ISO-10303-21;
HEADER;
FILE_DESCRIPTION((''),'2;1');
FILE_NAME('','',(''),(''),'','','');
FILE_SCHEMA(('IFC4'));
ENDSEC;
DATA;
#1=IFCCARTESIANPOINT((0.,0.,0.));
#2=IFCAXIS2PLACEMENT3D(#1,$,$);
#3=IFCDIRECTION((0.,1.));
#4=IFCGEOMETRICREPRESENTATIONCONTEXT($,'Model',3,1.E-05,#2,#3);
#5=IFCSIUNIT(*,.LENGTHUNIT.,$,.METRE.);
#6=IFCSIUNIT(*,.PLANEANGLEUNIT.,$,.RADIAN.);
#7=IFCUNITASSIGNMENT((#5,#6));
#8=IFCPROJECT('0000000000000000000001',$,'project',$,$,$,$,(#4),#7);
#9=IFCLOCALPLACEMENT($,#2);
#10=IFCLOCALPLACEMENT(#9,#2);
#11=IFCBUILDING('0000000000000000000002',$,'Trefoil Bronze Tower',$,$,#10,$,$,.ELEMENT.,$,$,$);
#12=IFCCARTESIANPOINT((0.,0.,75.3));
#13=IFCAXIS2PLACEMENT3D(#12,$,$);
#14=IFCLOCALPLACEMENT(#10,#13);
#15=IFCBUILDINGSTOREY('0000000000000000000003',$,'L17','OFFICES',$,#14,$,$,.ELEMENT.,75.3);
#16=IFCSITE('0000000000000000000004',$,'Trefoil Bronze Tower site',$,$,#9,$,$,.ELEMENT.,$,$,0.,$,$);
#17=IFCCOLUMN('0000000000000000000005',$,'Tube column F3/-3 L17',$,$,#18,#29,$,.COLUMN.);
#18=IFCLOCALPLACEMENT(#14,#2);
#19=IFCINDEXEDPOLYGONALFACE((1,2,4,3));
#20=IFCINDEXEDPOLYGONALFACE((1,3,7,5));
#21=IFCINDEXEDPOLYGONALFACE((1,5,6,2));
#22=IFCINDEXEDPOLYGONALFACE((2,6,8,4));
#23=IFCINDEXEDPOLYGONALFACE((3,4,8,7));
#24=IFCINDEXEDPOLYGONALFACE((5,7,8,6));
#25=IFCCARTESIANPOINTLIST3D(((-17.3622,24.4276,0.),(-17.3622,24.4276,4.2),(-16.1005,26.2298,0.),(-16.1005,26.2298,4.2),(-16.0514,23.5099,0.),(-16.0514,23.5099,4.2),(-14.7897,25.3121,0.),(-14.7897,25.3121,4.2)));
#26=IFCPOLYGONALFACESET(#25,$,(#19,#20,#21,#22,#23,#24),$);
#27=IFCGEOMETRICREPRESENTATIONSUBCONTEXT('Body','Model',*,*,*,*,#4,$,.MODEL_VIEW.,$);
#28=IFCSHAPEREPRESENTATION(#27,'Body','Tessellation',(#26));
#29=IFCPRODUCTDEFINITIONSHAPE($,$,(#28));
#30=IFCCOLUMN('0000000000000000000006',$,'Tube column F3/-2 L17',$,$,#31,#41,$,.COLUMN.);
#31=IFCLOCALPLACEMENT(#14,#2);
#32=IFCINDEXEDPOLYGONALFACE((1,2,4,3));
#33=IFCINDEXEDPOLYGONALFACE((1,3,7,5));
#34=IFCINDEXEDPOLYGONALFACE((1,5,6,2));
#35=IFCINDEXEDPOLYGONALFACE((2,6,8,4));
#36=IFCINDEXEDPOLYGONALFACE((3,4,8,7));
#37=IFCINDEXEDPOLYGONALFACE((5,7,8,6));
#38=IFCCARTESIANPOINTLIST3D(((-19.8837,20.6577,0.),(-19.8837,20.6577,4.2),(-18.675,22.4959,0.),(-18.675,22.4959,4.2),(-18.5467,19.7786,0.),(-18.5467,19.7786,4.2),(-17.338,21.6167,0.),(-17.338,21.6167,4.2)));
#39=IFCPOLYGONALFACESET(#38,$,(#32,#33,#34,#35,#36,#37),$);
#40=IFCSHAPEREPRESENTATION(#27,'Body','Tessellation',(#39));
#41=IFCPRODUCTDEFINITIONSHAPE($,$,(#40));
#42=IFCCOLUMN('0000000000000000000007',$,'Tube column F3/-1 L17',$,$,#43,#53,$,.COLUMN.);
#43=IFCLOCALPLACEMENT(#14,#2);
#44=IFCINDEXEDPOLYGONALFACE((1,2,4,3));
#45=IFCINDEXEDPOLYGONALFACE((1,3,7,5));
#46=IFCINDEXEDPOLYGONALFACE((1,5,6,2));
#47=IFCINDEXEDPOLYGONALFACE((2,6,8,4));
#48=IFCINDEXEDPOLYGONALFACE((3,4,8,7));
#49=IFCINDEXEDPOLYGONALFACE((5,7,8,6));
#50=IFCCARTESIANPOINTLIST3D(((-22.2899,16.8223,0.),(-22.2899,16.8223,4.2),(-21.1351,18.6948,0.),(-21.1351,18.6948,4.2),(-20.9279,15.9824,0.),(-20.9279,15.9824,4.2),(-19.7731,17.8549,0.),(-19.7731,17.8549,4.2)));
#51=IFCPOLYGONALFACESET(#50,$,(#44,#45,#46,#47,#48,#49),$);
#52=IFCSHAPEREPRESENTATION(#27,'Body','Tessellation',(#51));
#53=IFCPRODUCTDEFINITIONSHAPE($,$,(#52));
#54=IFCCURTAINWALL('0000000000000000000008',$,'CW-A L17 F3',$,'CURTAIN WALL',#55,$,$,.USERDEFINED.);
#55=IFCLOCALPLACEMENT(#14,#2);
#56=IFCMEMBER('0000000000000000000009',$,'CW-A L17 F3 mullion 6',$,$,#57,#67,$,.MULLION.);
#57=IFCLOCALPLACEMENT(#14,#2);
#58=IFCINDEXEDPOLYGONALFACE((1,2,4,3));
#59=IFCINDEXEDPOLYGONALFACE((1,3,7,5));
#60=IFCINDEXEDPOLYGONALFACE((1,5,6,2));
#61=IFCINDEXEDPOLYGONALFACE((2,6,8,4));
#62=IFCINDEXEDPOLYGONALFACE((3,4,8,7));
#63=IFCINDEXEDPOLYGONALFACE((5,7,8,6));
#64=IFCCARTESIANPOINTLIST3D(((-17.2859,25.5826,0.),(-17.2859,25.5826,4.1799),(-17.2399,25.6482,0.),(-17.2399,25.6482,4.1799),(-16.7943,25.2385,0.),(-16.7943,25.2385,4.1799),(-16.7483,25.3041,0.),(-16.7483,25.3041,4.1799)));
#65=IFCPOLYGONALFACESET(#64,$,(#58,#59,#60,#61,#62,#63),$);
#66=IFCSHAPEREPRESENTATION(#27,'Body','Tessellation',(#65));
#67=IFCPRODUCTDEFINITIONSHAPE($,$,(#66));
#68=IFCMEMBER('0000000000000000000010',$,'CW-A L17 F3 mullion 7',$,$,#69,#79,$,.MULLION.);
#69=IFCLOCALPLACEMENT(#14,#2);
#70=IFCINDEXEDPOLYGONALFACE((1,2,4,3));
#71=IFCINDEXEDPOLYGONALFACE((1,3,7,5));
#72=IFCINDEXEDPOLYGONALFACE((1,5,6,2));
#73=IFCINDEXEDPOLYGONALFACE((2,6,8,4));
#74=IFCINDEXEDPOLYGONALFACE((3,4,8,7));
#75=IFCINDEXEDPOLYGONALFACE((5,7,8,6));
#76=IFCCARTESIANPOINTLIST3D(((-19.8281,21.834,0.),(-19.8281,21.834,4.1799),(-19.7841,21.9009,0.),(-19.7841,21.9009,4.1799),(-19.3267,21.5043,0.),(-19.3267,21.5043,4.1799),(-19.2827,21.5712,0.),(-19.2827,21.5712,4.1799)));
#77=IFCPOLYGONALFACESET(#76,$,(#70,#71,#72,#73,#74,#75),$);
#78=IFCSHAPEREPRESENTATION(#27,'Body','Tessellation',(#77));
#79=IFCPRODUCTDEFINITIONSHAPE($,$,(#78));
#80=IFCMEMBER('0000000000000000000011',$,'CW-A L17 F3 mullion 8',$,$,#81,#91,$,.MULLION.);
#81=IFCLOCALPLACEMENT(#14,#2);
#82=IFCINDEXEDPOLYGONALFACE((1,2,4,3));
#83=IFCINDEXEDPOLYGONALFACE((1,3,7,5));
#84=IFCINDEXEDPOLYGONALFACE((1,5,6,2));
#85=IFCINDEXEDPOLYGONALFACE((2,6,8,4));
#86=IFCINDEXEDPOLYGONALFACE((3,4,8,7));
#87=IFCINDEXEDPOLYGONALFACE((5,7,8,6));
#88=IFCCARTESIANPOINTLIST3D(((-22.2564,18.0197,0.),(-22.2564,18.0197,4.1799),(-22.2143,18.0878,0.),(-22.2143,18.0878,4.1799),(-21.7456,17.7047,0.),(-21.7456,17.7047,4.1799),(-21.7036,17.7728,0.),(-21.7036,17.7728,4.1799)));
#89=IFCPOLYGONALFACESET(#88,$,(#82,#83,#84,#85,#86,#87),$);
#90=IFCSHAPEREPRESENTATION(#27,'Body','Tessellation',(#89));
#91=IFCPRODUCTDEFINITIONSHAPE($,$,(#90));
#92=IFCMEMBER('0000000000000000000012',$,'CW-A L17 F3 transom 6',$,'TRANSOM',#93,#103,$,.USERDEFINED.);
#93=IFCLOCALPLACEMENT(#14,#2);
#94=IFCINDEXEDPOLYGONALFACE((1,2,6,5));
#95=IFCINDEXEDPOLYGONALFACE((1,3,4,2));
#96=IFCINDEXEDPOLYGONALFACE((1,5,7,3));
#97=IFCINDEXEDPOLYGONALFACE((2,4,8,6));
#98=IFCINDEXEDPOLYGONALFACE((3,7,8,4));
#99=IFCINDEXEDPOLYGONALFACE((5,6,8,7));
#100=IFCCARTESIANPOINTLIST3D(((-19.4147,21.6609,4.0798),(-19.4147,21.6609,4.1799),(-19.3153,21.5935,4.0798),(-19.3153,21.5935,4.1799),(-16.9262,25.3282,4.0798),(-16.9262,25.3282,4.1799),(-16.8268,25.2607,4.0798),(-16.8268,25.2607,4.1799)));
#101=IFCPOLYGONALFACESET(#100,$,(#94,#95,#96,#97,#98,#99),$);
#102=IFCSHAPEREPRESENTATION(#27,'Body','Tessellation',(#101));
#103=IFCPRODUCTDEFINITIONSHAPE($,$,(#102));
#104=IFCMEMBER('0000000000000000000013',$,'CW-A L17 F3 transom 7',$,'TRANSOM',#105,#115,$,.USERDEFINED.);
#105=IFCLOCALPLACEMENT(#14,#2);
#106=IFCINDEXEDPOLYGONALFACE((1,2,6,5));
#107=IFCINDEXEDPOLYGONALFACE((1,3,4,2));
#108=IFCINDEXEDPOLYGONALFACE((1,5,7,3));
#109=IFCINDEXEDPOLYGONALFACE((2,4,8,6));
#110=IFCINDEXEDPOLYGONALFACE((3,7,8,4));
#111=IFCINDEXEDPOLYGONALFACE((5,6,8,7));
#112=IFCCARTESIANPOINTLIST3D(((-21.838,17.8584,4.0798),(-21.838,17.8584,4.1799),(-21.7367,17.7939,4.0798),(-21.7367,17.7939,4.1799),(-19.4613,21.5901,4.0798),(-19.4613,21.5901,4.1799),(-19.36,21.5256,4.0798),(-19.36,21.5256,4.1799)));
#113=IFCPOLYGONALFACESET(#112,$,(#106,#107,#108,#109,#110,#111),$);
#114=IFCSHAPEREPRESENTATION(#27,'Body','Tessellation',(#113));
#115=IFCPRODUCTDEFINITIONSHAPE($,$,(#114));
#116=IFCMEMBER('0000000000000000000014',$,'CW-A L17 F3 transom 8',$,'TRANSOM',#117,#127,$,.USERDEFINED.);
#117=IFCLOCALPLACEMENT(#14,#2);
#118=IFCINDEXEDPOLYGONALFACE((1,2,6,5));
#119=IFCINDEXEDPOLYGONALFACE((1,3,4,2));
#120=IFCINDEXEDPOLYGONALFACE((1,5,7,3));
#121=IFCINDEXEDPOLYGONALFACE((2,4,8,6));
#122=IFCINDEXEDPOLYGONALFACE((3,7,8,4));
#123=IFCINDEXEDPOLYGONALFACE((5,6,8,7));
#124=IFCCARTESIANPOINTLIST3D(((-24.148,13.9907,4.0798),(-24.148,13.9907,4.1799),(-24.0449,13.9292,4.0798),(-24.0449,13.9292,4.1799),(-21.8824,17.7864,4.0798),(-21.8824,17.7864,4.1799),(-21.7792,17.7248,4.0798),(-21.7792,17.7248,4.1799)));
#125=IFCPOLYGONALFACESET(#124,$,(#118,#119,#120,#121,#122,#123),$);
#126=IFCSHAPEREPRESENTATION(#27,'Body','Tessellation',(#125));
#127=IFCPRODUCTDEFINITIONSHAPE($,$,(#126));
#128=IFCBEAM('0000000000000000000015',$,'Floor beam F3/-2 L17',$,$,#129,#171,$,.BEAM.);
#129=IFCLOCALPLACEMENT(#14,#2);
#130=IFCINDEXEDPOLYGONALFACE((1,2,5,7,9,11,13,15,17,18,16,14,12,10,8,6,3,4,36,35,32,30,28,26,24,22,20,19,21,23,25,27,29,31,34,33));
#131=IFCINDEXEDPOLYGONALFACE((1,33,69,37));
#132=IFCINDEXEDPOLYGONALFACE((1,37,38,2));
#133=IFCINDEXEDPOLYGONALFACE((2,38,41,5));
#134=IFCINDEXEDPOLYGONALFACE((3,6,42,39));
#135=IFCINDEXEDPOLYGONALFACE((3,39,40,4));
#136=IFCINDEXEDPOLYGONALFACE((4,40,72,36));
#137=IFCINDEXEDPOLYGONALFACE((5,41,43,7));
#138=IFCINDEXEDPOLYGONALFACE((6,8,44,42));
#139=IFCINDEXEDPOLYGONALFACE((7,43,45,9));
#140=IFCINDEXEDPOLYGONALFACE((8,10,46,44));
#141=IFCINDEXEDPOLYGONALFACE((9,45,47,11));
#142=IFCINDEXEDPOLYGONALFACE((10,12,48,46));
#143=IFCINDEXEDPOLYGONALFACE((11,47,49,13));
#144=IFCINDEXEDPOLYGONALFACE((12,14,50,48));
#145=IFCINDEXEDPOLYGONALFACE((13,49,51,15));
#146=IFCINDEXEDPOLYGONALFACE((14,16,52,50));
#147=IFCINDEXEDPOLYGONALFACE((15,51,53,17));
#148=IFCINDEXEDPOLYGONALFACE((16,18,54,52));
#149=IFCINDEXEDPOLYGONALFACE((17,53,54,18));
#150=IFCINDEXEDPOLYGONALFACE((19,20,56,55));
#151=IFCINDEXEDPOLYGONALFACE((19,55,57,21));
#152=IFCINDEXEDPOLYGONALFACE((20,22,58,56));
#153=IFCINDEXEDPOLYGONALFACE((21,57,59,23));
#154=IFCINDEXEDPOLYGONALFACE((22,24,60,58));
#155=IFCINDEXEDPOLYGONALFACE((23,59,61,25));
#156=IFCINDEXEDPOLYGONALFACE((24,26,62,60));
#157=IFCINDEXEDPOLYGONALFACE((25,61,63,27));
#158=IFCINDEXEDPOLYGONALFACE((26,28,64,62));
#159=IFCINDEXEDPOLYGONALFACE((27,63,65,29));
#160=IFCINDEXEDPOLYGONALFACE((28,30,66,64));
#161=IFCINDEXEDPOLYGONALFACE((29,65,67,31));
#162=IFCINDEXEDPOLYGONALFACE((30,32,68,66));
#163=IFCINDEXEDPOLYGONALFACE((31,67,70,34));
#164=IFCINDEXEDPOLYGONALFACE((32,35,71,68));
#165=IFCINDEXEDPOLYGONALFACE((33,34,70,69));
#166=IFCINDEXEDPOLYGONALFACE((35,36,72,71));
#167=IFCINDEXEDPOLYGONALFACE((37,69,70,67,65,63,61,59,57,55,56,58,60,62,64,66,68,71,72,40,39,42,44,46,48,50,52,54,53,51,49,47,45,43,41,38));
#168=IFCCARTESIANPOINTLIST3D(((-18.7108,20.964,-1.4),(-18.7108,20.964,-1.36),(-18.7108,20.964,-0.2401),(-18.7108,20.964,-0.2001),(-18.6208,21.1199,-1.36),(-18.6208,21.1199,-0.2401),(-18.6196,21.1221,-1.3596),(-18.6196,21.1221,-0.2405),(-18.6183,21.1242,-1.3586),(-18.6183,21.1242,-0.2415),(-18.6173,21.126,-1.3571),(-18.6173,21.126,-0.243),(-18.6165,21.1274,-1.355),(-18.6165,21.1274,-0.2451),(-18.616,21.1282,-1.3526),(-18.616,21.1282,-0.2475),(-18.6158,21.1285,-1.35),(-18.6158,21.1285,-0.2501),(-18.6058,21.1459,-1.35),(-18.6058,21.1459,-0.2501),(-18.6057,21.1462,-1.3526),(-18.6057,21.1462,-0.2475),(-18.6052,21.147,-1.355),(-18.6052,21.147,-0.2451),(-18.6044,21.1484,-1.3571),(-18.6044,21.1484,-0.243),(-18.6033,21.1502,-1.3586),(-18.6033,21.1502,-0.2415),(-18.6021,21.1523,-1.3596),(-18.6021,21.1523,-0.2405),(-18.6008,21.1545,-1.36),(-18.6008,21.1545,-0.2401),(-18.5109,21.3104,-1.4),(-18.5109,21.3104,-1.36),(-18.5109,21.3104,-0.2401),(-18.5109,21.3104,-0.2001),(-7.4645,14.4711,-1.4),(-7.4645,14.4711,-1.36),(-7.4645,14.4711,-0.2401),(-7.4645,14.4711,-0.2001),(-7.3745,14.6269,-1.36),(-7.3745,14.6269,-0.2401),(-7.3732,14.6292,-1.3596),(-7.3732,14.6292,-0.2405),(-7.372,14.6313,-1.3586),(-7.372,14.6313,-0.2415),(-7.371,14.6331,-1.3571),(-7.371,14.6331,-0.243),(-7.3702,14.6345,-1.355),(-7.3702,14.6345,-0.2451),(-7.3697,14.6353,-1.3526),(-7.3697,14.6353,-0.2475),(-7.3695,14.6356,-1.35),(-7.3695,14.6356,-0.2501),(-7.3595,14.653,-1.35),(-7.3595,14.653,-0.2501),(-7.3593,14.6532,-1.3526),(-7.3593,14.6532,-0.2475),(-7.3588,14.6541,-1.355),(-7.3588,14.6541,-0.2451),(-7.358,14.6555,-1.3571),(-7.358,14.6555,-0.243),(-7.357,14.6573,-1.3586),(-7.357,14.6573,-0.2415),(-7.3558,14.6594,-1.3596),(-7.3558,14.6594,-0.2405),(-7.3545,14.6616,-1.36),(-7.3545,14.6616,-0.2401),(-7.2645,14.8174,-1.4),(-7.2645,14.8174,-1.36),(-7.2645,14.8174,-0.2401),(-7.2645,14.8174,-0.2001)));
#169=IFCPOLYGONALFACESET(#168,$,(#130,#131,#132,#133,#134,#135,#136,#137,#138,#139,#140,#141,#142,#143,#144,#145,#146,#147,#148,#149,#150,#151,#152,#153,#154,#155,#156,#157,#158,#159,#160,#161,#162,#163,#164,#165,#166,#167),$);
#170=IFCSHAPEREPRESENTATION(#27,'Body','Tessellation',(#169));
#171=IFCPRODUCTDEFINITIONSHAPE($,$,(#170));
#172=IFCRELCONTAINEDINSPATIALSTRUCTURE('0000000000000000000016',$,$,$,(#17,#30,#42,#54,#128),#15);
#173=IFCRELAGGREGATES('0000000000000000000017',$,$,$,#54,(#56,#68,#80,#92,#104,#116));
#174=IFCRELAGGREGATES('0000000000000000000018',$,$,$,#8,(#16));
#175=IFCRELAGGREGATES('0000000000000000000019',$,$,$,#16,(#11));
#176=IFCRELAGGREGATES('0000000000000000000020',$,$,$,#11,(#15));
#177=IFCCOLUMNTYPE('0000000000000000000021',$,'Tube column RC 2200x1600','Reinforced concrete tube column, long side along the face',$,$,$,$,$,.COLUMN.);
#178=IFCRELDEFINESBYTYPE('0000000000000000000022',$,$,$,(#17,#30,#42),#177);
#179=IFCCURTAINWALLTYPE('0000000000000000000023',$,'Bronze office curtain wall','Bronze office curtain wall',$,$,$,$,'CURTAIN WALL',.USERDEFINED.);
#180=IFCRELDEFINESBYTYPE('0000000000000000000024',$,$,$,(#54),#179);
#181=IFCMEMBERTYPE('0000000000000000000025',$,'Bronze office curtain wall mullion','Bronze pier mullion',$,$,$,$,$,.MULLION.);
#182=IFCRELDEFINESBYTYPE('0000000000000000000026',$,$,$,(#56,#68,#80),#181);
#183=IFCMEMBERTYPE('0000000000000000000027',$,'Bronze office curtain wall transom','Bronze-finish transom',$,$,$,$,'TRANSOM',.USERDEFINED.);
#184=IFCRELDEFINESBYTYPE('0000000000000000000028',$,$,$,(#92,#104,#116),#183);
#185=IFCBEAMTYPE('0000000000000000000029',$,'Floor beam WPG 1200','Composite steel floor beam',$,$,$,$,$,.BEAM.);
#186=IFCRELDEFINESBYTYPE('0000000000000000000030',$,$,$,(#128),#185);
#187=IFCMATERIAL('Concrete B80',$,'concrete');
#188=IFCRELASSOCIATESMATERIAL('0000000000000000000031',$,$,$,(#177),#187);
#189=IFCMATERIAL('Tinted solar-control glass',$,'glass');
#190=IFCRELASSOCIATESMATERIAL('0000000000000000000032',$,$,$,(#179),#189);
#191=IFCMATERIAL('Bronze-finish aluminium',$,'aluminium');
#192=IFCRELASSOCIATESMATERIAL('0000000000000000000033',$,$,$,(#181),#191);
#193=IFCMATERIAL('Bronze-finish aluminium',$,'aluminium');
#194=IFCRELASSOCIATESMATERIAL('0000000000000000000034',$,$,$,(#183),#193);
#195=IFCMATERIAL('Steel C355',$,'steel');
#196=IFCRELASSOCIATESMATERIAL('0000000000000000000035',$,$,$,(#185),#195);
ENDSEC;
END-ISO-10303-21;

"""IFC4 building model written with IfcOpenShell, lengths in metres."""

from ifc_helpers import new_model, si_unit, direction, frame, origin, origin_2d, place, context, subcontext, project, spatial, rectangle, i_section, extrude, material, material_profile, profile_set, type_object, element, aggregate, save


model = new_model("IFC4")

# Units and contexts
model_context = context("Model", 3, precision=1e-05, world=origin(), true_north=direction((0.0, 1.0)))
body_context = subcontext(model_context, "Body", "Model", "MODEL_VIEW")
ifc_project = project(units=[si_unit("LENGTHUNIT", "METRE"), si_unit("PLANEANGLEUNIT", "RADIAN")], contexts=[model_context])

# Site, building, storey
site_placement = place(None, origin())
site = spatial("IfcSite", under=ifc_project, at=site_placement, Name="Trefoil Bronze Tower site", CompositionType="ELEMENT", RefElevation=0.0)
building_placement = place(site_placement, origin())
building = spatial("IfcBuilding", under=site, at=building_placement, Name="Trefoil Bronze Tower", CompositionType="ELEMENT")
storey_placement = place(building_placement, frame((0.0, 0.0, 75.3)))
storey = spatial("IfcBuildingStorey", under=building, at=storey_placement, Name="L17", Description="OFFICES", CompositionType="ELEMENT", Elevation=75.3)

# Columns
ifc_material_1 = material(Name="Concrete B80", Category="concrete")
ifc_material_profile_1 = material_profile(ifc_material_1, rectangle(XDim=2.2, YDim=1.6001, at=origin_2d()), Name="RC 2200x1600")
ifc_profile_set_1 = profile_set([ifc_material_profile_1], Name="Concrete B80")
column_type = type_object("IfcColumnType", Name="Tube column RC 2200x1600", Description="Reinforced concrete tube column, long side along the face", PredefinedType="COLUMN", material=ifc_profile_set_1)
for number, where, z_axis, x_axis, name in (
    (1, (-16.0759, 24.8699, 0.0), (0.0, 0.0, 1.0), (-0.573502, -0.819204, 0.0), "Tube column F3/-3 L17"),
    (2, (-18.6108, 21.1372, 0.0), (0.0, 0.0, 1.0), (-0.549424, -0.835544, 0.0), "Tube column F3/-2 L17"),
    (3, (-21.0315, 17.3386, 0.0), (0.0, 0.0, 1.0), (-0.524923, -0.85115, 0.0), "Tube column F3/-1 L17"),
):
    element("IfcColumn", number, at=place(storey_placement, frame(where, z_axis=z_axis, x_axis=x_axis)), inside=storey, type_object=column_type, Name=name, PredefinedType="COLUMN", context=body_context, shape_type="SweptSolid", body=[
        extrude(rectangle(XDim=2.2, YDim=1.6001, at=origin_2d()), origin(), (0.0, 0.0, 1.0), 4.2),
    ])

# Curtain wall, members
ifc_material_2 = material(Name="Tinted solar-control glass", Category="glass")
curtain_wall_type = type_object("IfcCurtainWallType", Name="Bronze office curtain wall", Description="Bronze office curtain wall", ElementType="CURTAIN WALL", PredefinedType="USERDEFINED", material=ifc_material_2)
curtain_wall_placement = place(storey_placement, origin())
curtain_wall = element("IfcCurtainWall", 4, at=curtain_wall_placement, inside=storey, type_object=curtain_wall_type, Name="CW-A L17 F3", ObjectType="CURTAIN WALL", PredefinedType="USERDEFINED")
ifc_material_3 = material(Name="Bronze-finish aluminium", Category="aluminium")
ifc_material_profile_2 = material_profile(ifc_material_3, rectangle(XDim=0.6001, YDim=0.0801, at=origin_2d()), Name="CW-A mullion")
ifc_profile_set_2 = profile_set([ifc_material_profile_2], Name="Bronze-finish aluminium")
member_type_1 = type_object("IfcMemberType", Name="Bronze office curtain wall mullion", Description="Bronze pier mullion", PredefinedType="MULLION", material=ifc_profile_set_2)
member_1_placement = place(storey_placement, frame((-17.0171, 25.4434, 0.0), z_axis=(0.0, 0.0, 1.0), x_axis=(0.819204, -0.573502, 0.0)))
member_1 = element("IfcMember", 5, at=member_1_placement, type_object=member_type_1, Name="CW-A L17 F3 mullion 6", PredefinedType="MULLION", context=body_context, shape_type="SweptSolid", body=[
    extrude(rectangle(XDim=0.6001, YDim=0.0801, at=origin_2d()), origin(), (0.0, 0.0, 1.0), 4.1799),
])
member_2_placement = place(storey_placement, frame((-19.5554, 21.7026, 0.0), z_axis=(0.0, 0.0, 1.0), x_axis=(0.835544, -0.549424, 0.0)))
member_2 = element("IfcMember", 6, at=member_2_placement, type_object=member_type_1, Name="CW-A L17 F3 mullion 7", PredefinedType="MULLION", context=body_context, shape_type="SweptSolid", body=[
    extrude(rectangle(XDim=0.6001, YDim=0.0801, at=origin_2d()), origin(), (0.0, 0.0, 1.0), 4.1799),
])
member_3_placement = place(storey_placement, frame((-21.98, 17.8962, 0.0), z_axis=(0.0, 0.0, 1.0), x_axis=(0.85115, -0.524923, 0.0)))
member_3 = element("IfcMember", 7, at=member_3_placement, type_object=member_type_1, Name="CW-A L17 F3 mullion 8", PredefinedType="MULLION", context=body_context, shape_type="SweptSolid", body=[
    extrude(rectangle(XDim=0.6001, YDim=0.0801, at=origin_2d()), origin(), (0.0, 0.0, 1.0), 4.1799),
])
ifc_material_4 = material(Name="Bronze-finish aluminium", Category="aluminium")
ifc_material_profile_3 = material_profile(ifc_material_4, rectangle(XDim=0.1201, YDim=0.1001, at=origin_2d()), Name="CW-A transom")
ifc_profile_set_3 = profile_set([ifc_material_profile_3], Name="Bronze-finish aluminium")
member_type_2 = type_object("IfcMemberType", Name="Bronze office curtain wall transom", Description="Bronze-finish transom", ElementType="TRANSOM", PredefinedType="USERDEFINED", material=ifc_profile_set_3)
member_4_placement = place(storey_placement, frame((-16.8765, 25.2944, 4.1299), z_axis=(-0.561508, -0.827471, 0.0), x_axis=(0.827471, -0.561508, 0.0)))
member_4 = element("IfcMember", 8, at=member_4_placement, type_object=member_type_2, Name="CW-A L17 F3 transom 6", ObjectType="TRANSOM", PredefinedType="USERDEFINED", context=body_context, shape_type="SweptSolid", body=[
    extrude(rectangle(XDim=0.1201, YDim=0.1001, at=origin_2d()), origin(), (0.0, 0.0, 1.0), 4.4319),
])
member_5_placement = place(storey_placement, frame((-19.4106, 21.5579, 4.1299), z_axis=(-0.537197, -0.843457, 0.0), x_axis=(0.843457, -0.537197, 0.0)))
member_5 = element("IfcMember", 9, at=member_5_placement, type_object=member_type_2, Name="CW-A L17 F3 transom 7", ObjectType="TRANSOM", PredefinedType="USERDEFINED", context=body_context, shape_type="SweptSolid", body=[
    extrude(rectangle(XDim=0.1201, YDim=0.1001, at=origin_2d()), origin(), (0.0, 0.0, 1.0), 4.4243),
])
member_6_placement = place(storey_placement, frame((-21.8308, 17.7556, 4.1299), z_axis=(-0.512537, -0.858665, 0.0), x_axis=(0.858665, -0.512537, 0.0)))
member_6 = element("IfcMember", 10, at=member_6_placement, type_object=member_type_2, Name="CW-A L17 F3 transom 8", ObjectType="TRANSOM", PredefinedType="USERDEFINED", context=body_context, shape_type="SweptSolid", body=[
    extrude(rectangle(XDim=0.1201, YDim=0.1001, at=origin_2d()), origin(), (0.0, 0.0, 1.0), 4.4204),
])

# Beam
ifc_material_5 = material(Name="Steel C355", Category="steel")
ifc_material_profile_4 = material_profile(ifc_material_5, i_section(OverallWidth=0.3999, OverallDepth=1.2, WebThickness=0.02, FlangeThickness=0.04, FilletRadius=0.01, at=origin_2d()), Name="WPG 1200")
ifc_profile_set_4 = profile_set([ifc_material_profile_4], Name="Steel C355")
beam_type_1 = type_object("IfcBeamType", Name="Floor beam WPG 1200", Description="Composite steel floor beam", PredefinedType="BEAM", material=ifc_profile_set_4)
beam_1_placement = place(storey_placement, frame((-18.6108, 21.1372, -0.8), z_axis=(0.866031, -0.499991, 0.0), x_axis=(0.499991, 0.866031, 0.0)))
element("IfcBeam", 11, at=beam_1_placement, inside=storey, type_object=beam_type_1, Name="Floor beam F3/-2 L17", PredefinedType="BEAM", context=body_context, shape_type="SweptSolid", body=[
    extrude(i_section(OverallWidth=0.3999, OverallDepth=1.2, WebThickness=0.02, FlangeThickness=0.04, FilletRadius=0.01, at=origin_2d()), origin(), (0.0, 0.0, 1.0), 12.9861),
])

aggregate(curtain_wall, [member_1, member_2, member_3, member_4, member_5, member_6])

save(model, "model.ifc")
